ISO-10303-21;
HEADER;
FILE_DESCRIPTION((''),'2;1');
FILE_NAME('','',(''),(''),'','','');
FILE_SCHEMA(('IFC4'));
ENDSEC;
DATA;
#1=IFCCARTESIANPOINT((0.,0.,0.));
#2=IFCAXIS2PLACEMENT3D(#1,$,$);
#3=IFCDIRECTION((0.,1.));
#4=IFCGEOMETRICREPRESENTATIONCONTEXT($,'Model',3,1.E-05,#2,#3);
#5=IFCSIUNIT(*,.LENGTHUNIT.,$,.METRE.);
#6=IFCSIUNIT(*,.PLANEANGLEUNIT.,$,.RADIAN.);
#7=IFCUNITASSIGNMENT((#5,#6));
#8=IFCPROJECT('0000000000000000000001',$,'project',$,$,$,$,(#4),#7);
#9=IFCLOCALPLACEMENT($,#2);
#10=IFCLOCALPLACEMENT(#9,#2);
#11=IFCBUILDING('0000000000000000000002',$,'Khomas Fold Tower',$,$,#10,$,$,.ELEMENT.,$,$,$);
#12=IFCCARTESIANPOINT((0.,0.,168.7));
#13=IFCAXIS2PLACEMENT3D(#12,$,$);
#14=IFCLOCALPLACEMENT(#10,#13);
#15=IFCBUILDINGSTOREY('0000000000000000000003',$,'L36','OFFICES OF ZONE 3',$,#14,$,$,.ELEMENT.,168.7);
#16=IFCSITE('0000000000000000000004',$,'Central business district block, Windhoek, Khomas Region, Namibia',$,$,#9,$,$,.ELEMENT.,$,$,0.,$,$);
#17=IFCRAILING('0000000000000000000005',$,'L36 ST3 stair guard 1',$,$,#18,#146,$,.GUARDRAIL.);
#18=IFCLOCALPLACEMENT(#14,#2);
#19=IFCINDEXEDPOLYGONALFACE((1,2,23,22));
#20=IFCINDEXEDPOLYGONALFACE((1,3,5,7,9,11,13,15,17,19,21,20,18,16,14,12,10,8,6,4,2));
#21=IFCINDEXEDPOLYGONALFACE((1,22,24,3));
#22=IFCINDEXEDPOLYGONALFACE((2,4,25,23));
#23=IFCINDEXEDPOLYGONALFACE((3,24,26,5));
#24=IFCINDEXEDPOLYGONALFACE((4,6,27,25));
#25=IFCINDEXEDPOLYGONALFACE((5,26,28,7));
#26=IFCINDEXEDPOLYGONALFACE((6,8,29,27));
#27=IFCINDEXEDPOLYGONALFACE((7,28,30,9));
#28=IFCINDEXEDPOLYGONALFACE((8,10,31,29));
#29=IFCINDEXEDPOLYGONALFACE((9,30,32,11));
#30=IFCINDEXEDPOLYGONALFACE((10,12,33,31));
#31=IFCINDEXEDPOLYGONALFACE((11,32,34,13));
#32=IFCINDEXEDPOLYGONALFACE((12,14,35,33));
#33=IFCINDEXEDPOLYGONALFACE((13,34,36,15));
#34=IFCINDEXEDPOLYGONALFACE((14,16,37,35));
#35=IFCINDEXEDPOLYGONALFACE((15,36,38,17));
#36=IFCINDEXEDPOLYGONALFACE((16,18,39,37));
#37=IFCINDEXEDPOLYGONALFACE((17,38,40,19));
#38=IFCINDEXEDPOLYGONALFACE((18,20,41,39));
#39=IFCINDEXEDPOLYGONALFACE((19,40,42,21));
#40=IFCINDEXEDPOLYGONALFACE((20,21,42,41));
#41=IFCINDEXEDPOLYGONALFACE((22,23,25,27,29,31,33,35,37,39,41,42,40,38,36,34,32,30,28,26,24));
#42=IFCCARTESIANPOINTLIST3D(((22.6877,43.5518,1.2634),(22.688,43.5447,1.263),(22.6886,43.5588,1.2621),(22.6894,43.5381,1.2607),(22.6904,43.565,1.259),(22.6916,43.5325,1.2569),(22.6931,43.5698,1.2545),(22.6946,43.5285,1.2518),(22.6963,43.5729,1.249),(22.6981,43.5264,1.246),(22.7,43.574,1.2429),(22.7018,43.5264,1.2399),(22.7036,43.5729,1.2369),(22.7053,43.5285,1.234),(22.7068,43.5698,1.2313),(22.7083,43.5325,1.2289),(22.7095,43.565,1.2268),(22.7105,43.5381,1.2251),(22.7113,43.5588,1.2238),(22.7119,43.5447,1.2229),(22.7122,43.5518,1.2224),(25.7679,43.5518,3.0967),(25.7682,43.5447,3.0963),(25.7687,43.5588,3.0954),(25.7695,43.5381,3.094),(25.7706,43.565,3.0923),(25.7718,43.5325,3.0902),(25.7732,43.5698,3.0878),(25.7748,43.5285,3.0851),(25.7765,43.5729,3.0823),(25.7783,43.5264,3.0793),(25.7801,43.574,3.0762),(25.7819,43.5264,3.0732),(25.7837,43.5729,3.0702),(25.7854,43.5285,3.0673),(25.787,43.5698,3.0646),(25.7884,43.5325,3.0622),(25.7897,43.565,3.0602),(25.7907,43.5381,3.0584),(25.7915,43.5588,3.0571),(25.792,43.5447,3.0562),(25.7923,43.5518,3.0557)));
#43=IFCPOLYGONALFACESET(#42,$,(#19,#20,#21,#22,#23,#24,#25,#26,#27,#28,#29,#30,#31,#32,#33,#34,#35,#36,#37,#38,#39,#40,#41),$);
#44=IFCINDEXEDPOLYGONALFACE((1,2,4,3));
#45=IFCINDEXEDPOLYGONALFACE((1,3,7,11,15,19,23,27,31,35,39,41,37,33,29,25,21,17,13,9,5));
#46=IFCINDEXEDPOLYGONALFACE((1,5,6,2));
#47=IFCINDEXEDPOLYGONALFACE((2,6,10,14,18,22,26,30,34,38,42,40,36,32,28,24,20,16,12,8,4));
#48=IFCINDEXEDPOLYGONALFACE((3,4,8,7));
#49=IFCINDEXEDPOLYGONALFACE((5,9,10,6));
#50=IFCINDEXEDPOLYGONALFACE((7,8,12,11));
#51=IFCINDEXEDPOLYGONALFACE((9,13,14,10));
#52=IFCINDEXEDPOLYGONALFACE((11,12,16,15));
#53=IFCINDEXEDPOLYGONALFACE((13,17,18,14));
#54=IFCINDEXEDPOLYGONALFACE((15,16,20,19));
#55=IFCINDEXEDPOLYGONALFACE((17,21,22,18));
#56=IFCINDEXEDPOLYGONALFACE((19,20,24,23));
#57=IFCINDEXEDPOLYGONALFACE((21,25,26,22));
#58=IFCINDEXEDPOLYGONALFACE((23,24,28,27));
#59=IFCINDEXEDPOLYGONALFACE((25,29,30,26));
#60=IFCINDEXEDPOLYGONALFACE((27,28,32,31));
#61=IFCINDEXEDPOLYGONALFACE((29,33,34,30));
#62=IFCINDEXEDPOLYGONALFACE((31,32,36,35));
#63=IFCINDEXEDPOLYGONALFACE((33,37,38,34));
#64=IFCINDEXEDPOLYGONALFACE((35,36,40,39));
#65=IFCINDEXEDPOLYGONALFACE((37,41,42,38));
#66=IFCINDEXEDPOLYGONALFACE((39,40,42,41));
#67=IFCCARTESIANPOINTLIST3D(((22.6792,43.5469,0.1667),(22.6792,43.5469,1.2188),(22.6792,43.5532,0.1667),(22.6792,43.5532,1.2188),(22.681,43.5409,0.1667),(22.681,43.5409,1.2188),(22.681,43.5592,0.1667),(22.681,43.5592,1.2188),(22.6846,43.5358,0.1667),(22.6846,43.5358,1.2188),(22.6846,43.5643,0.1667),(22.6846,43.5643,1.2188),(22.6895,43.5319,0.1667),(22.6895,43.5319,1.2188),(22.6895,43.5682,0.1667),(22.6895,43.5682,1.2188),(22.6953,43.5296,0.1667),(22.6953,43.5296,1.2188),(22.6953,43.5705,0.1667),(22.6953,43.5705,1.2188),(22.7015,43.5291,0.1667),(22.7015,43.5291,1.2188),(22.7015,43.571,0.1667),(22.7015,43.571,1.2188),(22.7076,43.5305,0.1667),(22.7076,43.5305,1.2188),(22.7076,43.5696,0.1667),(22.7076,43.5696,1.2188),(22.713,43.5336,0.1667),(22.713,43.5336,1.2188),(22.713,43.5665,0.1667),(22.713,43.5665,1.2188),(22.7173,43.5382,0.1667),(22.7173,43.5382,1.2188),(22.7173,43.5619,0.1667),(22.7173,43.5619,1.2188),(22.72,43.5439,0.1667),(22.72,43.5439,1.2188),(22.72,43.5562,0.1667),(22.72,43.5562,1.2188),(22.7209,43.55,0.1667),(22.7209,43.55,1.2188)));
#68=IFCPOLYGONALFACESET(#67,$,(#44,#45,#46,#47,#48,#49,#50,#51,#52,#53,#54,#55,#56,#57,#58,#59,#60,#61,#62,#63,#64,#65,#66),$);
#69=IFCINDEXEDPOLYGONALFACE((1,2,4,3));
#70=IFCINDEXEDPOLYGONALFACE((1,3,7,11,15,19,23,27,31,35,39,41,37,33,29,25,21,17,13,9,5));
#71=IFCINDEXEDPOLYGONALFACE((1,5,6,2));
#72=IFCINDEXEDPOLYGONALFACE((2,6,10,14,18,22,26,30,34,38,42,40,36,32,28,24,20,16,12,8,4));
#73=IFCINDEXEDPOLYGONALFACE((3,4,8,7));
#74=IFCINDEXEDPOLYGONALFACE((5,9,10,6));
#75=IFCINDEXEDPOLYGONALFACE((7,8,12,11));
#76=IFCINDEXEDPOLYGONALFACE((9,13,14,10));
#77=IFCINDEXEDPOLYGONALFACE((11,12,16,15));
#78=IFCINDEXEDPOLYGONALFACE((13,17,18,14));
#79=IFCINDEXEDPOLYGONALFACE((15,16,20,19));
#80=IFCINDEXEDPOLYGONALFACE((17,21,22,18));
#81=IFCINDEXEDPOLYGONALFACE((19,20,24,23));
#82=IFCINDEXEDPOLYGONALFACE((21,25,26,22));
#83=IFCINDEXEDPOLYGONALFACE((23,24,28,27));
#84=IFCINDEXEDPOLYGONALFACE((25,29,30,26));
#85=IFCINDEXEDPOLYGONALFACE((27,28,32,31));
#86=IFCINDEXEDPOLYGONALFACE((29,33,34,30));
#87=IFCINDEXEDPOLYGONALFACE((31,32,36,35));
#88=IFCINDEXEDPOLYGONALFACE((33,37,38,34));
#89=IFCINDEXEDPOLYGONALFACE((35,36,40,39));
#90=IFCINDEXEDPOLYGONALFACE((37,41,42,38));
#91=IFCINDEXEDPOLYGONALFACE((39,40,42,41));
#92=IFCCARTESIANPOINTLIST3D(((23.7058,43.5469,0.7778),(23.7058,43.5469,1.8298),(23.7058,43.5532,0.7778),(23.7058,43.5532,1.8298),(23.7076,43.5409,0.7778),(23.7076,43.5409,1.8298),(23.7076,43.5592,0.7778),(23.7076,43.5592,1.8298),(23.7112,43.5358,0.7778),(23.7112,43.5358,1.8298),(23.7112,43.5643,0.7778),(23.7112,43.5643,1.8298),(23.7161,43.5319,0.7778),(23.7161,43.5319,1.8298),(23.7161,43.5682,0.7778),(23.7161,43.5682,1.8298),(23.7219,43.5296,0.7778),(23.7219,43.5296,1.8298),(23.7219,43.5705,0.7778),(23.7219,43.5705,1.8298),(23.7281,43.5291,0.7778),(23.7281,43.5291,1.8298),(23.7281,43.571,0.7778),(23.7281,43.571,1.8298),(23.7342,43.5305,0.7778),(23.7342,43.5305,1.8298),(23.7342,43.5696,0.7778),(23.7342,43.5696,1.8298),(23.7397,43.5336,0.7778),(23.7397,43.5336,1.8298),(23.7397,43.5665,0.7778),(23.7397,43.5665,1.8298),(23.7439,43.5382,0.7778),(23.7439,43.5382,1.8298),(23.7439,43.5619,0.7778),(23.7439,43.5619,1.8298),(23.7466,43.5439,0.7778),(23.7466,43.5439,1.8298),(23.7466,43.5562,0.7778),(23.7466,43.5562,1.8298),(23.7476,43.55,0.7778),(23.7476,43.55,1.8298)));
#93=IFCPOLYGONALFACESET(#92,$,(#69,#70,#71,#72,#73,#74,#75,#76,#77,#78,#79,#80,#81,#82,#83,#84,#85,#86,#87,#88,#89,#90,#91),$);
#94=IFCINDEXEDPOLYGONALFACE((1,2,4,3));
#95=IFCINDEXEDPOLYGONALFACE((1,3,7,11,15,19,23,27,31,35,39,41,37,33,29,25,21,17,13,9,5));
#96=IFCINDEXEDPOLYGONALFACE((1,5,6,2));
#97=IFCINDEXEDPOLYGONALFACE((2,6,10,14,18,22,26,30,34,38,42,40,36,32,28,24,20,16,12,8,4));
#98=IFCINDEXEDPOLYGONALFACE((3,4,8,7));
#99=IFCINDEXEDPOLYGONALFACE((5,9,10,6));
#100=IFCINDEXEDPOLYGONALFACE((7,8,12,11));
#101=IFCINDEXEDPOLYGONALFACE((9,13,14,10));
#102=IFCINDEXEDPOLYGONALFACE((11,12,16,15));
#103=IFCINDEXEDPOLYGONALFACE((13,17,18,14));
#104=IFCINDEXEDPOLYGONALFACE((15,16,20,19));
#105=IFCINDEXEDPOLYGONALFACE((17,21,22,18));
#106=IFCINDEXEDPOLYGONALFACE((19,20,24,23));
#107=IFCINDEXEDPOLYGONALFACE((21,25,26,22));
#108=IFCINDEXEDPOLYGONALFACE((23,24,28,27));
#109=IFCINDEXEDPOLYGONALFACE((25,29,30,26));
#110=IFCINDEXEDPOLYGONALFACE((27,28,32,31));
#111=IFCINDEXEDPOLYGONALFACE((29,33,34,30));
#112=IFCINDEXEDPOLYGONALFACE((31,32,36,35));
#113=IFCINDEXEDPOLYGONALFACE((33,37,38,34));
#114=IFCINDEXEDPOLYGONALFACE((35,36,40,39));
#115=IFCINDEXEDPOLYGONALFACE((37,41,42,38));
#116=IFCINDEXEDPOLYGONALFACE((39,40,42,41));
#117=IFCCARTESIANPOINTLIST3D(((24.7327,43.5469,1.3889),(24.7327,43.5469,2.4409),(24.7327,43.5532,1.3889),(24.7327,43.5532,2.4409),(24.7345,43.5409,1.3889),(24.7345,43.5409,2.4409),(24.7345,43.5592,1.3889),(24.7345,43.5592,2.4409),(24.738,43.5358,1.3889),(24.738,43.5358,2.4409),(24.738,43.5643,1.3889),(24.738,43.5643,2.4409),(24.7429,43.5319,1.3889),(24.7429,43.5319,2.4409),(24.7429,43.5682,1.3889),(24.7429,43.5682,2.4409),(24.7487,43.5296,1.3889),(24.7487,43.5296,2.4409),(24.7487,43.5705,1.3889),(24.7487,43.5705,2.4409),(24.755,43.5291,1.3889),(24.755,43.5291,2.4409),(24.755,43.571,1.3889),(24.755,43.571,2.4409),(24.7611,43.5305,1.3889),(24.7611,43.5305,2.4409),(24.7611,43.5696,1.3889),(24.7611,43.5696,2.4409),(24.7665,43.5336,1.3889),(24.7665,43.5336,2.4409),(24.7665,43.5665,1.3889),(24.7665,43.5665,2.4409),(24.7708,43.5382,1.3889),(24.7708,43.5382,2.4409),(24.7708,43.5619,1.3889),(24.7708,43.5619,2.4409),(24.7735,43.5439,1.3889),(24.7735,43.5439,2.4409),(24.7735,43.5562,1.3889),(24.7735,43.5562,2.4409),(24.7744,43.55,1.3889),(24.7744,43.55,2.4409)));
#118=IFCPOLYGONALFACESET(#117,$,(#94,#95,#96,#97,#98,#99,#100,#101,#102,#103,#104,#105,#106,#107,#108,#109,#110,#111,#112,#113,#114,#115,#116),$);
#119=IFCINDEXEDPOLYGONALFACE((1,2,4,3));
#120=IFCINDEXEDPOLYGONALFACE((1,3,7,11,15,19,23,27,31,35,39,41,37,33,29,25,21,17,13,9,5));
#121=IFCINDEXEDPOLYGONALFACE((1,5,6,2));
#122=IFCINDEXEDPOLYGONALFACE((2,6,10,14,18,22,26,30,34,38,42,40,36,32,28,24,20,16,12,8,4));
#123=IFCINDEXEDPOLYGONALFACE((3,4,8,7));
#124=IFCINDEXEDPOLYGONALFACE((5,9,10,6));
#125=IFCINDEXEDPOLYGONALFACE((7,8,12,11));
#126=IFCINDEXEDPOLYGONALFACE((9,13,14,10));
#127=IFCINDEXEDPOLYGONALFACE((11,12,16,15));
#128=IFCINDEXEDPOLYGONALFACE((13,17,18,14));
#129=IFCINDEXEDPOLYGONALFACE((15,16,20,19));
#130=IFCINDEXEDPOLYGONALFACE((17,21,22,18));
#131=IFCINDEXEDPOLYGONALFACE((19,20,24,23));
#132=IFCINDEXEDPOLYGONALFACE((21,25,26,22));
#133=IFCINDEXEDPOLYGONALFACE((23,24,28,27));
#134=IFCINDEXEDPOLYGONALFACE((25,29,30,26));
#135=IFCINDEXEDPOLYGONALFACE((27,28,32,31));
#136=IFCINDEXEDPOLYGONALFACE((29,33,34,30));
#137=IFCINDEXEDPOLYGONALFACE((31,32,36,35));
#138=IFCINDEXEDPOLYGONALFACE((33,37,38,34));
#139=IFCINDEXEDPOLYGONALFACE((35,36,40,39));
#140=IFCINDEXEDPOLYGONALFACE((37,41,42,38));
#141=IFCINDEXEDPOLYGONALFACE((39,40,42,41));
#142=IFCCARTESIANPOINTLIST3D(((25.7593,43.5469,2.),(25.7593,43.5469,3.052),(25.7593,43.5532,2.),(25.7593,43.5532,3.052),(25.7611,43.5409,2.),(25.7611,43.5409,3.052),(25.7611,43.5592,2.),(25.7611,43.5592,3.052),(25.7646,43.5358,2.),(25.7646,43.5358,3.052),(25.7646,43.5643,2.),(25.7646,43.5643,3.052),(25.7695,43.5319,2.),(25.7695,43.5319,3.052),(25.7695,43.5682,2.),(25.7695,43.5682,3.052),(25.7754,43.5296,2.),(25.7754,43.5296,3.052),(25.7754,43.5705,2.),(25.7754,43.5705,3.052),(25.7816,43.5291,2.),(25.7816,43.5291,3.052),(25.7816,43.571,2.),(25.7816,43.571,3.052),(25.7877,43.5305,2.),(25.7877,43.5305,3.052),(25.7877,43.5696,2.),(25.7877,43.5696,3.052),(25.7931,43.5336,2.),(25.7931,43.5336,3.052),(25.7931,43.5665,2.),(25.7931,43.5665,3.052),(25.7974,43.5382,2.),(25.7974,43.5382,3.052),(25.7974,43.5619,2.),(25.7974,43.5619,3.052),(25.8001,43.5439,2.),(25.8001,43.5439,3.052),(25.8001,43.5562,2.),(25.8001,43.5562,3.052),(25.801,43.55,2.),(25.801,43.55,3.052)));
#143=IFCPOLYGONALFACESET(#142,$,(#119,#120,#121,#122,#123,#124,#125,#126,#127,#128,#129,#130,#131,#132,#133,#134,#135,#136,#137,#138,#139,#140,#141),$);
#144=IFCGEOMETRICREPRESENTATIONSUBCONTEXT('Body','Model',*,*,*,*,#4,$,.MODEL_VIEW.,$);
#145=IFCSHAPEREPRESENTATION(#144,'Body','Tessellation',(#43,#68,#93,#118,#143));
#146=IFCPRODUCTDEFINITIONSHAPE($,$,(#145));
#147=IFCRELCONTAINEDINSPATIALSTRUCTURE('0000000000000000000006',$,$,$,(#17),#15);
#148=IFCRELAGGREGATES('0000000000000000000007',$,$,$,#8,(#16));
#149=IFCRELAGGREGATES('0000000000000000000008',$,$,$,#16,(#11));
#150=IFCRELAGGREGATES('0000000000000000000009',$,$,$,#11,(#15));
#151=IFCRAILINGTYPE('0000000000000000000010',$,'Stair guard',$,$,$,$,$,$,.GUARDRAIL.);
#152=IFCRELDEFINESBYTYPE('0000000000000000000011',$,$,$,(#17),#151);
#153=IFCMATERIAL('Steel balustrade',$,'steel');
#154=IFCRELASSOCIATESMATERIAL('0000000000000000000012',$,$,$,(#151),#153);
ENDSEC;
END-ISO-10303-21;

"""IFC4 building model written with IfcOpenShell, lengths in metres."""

from ifc_helpers import new_model, si_unit, direction, frame, origin, origin_2d, place, context, subcontext, project, spatial, circle, extrude, source, transform, mapped, material, type_object, element, save


model = new_model("IFC4")

# Units and contexts
model_context = context("Model", 3, precision=1e-05, world=origin(), true_north=direction((0.0, 1.0)))
body_context = subcontext(model_context, "Body", "Model", "MODEL_VIEW")
ifc_project = project(units=[si_unit("LENGTHUNIT", "METRE"), si_unit("PLANEANGLEUNIT", "RADIAN")], contexts=[model_context])

# Site, building, storey
site_placement = place(None, origin())
site = spatial("IfcSite", under=ifc_project, at=site_placement, Name="Central business district block, Windhoek, Khomas Region, Namibia", CompositionType="ELEMENT", RefElevation=0.0)
building_placement = place(site_placement, origin())
building = spatial("IfcBuilding", under=site, at=building_placement, Name="Khomas Fold Tower", CompositionType="ELEMENT")
storey_placement = place(building_placement, frame((0.0, 0.0, 168.7)))
storey = spatial("IfcBuildingStorey", under=building, at=storey_placement, Name="L36", Description="OFFICES OF ZONE 3", CompositionType="ELEMENT", Elevation=168.7)

# Railing
ifc_material_1 = material(Name="Steel balustrade", Category="steel")
railing_type_1 = type_object("IfcRailingType", Name="Stair guard", PredefinedType="GUARDRAIL", material=ifc_material_1)
shared_shape_1 = source(origin(), body_context, "Body", "SweptSolid", [
    extrude(circle(Radius=0.0239, at=origin_2d()), frame((0.0, 0.0, 1.0762), z_axis=(0.859309, 0.0, 0.511458), x_axis=(0.0, 1.0, 0.0)), (0.0, 0.0, 1.0), 3.5845),
    extrude(circle(Radius=0.021, at=origin_2d()), origin(), (0.0, 0.0, 1.0), 1.052),
    extrude(circle(Radius=0.021, at=origin_2d()), frame((1.0266, 0.0, 0.6111)), (0.0, 0.0, 1.0), 1.052),
    extrude(circle(Radius=0.021, at=origin_2d()), frame((2.0535, 0.0, 1.2222)), (0.0, 0.0, 1.0), 1.052),
    extrude(circle(Radius=0.021, at=origin_2d()), frame((3.0801, 0.0, 1.8333)), (0.0, 0.0, 1.0), 1.052),
])
railing_1_placement = place(storey_placement, frame((22.7, 43.55, 0.1667)))
element("IfcRailing", 1, at=railing_1_placement, inside=storey, type_object=railing_type_1, Name="L36 ST3 stair guard 1", PredefinedType="GUARDRAIL", context=body_context, shape_type="MappedRepresentation", body=[
    mapped(shared_shape_1, transform((0.0, 0.0, 0.0))),
])

save(model, "model.ifc")
